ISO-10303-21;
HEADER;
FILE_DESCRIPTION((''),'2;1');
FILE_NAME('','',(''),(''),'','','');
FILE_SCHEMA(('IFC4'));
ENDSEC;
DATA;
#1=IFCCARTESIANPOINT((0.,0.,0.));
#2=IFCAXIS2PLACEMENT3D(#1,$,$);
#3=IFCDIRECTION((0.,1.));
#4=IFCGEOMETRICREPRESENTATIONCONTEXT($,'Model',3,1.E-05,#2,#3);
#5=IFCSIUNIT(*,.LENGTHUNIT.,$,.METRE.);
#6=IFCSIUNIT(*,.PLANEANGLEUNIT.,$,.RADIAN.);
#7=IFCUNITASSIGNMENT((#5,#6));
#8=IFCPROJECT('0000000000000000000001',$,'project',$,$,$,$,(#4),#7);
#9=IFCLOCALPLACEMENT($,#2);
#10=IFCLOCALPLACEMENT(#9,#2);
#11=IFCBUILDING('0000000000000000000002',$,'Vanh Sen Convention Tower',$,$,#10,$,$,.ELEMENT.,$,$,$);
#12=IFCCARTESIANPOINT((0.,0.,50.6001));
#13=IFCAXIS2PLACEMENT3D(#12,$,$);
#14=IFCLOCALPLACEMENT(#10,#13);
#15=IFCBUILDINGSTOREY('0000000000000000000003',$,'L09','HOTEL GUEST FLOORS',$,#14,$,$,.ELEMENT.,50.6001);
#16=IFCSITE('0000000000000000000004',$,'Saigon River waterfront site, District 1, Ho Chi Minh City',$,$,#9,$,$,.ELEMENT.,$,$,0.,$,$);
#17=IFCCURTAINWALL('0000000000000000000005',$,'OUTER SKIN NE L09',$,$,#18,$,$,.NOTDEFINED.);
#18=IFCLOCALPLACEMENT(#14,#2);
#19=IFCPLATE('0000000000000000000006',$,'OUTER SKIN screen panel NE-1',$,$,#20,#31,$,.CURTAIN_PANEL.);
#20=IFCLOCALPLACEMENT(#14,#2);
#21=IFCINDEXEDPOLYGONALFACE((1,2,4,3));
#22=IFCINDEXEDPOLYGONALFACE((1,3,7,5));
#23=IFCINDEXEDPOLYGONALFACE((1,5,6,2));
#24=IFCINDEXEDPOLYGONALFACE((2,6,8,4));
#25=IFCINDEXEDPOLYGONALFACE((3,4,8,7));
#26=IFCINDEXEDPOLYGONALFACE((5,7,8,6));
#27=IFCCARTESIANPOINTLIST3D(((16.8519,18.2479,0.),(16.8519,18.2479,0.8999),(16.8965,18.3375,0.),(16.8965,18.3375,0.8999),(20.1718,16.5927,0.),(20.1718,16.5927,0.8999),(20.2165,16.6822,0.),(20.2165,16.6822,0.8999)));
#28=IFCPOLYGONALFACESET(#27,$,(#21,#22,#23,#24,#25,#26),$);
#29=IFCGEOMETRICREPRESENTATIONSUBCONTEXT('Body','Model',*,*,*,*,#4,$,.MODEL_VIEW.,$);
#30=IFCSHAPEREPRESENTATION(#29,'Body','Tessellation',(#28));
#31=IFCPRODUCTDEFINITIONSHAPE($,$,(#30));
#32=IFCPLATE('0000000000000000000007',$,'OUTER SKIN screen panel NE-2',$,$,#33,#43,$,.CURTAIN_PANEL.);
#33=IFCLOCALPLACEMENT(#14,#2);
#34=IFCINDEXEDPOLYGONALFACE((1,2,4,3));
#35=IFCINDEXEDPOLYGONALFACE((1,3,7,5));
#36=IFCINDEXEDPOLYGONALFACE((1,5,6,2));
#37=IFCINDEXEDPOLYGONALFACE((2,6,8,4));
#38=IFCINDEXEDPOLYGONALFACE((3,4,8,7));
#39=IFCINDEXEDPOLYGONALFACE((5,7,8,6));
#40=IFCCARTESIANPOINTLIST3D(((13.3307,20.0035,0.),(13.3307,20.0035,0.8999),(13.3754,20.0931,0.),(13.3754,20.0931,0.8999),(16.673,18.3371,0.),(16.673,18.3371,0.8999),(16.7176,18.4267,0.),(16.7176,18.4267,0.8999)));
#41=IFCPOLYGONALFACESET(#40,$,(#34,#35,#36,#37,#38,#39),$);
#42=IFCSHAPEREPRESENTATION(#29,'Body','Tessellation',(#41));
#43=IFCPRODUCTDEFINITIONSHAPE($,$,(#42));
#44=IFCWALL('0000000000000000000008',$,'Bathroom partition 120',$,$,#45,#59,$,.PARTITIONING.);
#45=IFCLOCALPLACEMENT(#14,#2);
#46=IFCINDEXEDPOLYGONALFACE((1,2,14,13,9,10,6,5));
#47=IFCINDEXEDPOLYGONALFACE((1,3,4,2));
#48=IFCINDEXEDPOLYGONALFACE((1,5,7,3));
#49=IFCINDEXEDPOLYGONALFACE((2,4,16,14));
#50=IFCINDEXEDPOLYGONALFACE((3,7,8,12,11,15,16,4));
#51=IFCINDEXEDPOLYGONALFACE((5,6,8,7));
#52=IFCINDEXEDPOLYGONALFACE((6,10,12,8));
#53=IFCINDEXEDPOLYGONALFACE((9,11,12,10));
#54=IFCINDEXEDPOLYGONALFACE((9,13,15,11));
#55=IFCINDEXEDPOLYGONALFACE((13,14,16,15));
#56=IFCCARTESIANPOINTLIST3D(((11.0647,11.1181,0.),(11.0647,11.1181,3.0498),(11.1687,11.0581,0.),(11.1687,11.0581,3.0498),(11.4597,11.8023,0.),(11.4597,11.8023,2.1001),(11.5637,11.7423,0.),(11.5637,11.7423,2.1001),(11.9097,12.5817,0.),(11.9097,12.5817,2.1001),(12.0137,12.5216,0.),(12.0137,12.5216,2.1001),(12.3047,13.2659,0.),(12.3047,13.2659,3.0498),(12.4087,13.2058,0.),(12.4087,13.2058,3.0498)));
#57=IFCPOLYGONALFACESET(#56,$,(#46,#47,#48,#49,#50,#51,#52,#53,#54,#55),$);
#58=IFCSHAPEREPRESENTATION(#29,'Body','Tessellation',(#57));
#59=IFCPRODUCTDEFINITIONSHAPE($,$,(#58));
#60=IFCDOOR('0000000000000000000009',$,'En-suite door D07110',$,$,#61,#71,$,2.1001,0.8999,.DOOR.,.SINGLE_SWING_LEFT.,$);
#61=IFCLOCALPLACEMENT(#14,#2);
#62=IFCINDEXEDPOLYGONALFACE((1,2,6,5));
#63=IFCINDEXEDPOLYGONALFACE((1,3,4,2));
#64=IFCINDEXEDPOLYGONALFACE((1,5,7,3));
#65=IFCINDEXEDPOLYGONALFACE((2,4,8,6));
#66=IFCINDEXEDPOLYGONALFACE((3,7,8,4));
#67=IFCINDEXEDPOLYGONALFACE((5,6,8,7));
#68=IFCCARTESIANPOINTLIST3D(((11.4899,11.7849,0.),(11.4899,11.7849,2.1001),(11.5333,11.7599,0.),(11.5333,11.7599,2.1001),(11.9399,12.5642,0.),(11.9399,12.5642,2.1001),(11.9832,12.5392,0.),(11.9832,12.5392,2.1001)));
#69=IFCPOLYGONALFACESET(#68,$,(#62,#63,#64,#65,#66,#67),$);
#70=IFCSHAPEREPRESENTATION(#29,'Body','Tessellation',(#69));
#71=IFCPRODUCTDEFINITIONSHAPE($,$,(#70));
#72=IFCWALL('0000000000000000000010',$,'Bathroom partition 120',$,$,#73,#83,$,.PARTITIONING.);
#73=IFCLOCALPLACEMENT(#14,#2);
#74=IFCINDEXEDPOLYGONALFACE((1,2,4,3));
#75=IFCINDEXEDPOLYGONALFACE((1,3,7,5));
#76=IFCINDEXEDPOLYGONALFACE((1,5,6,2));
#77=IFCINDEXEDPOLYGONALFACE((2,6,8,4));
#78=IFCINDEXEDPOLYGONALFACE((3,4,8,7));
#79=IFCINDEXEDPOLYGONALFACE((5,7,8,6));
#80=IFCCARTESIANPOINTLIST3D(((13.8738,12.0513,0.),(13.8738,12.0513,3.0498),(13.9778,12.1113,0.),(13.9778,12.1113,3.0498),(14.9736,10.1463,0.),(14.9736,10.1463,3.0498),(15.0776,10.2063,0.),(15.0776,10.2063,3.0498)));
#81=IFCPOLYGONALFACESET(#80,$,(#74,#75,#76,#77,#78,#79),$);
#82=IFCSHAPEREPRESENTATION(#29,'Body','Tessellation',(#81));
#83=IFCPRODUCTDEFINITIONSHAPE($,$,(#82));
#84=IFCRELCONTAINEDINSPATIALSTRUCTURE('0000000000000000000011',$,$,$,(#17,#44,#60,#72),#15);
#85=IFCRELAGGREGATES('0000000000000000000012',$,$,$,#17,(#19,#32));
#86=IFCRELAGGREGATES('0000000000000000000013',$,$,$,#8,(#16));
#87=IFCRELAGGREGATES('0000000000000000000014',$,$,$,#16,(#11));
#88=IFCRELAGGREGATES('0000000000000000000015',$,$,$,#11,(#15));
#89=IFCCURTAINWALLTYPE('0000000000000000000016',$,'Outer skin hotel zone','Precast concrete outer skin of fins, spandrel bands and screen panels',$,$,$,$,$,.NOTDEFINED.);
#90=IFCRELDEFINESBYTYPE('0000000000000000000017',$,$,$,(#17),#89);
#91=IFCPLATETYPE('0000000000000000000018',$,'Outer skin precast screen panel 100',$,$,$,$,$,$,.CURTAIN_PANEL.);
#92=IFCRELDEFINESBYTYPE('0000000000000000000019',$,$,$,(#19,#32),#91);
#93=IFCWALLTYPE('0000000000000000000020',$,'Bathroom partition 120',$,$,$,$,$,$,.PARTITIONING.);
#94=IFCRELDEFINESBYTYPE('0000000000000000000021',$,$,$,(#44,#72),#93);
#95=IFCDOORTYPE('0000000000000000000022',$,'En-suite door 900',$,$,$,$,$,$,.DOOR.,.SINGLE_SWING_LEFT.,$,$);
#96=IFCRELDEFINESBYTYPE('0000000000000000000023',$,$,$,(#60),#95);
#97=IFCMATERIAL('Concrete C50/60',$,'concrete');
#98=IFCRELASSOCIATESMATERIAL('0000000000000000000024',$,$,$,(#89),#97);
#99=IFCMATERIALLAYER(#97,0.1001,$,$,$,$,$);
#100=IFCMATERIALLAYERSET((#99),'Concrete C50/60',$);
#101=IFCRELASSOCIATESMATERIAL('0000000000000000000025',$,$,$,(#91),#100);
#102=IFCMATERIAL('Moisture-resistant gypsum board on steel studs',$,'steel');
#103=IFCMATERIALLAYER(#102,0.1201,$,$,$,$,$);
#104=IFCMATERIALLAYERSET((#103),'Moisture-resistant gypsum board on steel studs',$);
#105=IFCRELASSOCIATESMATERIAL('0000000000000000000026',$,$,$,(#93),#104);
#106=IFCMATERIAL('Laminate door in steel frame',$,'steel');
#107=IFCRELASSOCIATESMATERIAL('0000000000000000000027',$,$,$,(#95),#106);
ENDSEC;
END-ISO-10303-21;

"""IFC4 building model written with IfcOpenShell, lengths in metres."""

from ifc_helpers import new_model, si_unit, direction, frame, frame_2d, origin, origin_2d, place, context, subcontext, project, spatial, rectangle, extrude, material, layer, layer_set, type_object, element, fill, aggregate, save


model = new_model("IFC4")

# Units and contexts
model_context = context("Model", 3, precision=1e-05, world=origin(), true_north=direction((0.0, 1.0)))
body_context = subcontext(model_context, "Body", "Model", "MODEL_VIEW")
ifc_project = project(units=[si_unit("LENGTHUNIT", "METRE"), si_unit("PLANEANGLEUNIT", "RADIAN")], contexts=[model_context])

# Site, building, storey
site_placement = place(None, origin())
site = spatial("IfcSite", under=ifc_project, at=site_placement, Name="Saigon River waterfront site, District 1, Ho Chi Minh City", CompositionType="ELEMENT", RefElevation=0.0)
building_placement = place(site_placement, origin())
building = spatial("IfcBuilding", under=site, at=building_placement, Name="Vanh Sen Convention Tower", CompositionType="ELEMENT")
storey_placement = place(building_placement, frame((0.0, 0.0, 50.6001)))
storey = spatial("IfcBuildingStorey", under=building, at=storey_placement, Name="L09", Description="HOTEL GUEST FLOORS", CompositionType="ELEMENT", Elevation=50.6001)

# Curtain wall
ifc_material_1 = material(Name="Concrete C50/60", Category="concrete")
curtain_wall_type = type_object("IfcCurtainWallType", Name="Outer skin hotel zone", Description="Precast concrete outer skin of fins, spandrel bands and screen panels", PredefinedType="NOTDEFINED", material=ifc_material_1)
curtain_wall_1_placement = place(storey_placement, origin())
curtain_wall_1 = element("IfcCurtainWall", 1, at=curtain_wall_1_placement, inside=storey, type_object=curtain_wall_type, Name="OUTER SKIN NE L09", PredefinedType="NOTDEFINED")

# Shared definitions
ifc_layer_1 = layer(ifc_material_1, 0.1001)
ifc_layer_set_1 = layer_set([ifc_layer_1], Name="Concrete C50/60")
plate_type = type_object("IfcPlateType", Name="Outer skin precast screen panel 100", PredefinedType="CURTAIN_PANEL", material=ifc_layer_set_1)

# Plates
plate_1_placement = place(storey_placement, frame((18.5342, 17.4651, 0.0), z_axis=(0.0, 0.0, 1.0), x_axis=(-0.894935, 0.446196, 0.0)))
plate_1 = element("IfcPlate", 2, at=plate_1_placement, type_object=plate_type, Name="OUTER SKIN screen panel NE-1", PredefinedType="CURTAIN_PANEL", context=body_context, shape_type="SweptSolid", body=[
    extrude(rectangle(XDim=3.7097, YDim=0.1001, at=origin_2d()), origin(), (0.0, 0.0, 1.0), 0.8999),
])
plate_2_placement = place(storey_placement, frame((15.0242, 19.2151, 0.0), z_axis=(0.0, 0.0, 1.0), x_axis=(-0.894935, 0.446196, 0.0)))
plate_2 = element("IfcPlate", 3, at=plate_2_placement, type_object=plate_type, Name="OUTER SKIN screen panel NE-2", PredefinedType="CURTAIN_PANEL", context=body_context, shape_type="SweptSolid", body=[
    extrude(rectangle(XDim=3.7346, YDim=0.1001, at=origin_2d()), origin(), (0.0, 0.0, 1.0), 0.8999),
])
aggregate(curtain_wall_1, [plate_1, plate_2])

# Wall, opening, door
ifc_material_2 = material(Name="Moisture-resistant gypsum board on steel studs", Category="steel")
ifc_layer_2 = layer(ifc_material_2, 0.1201)
ifc_layer_set_2 = layer_set([ifc_layer_2], Name="Moisture-resistant gypsum board on steel studs")
wall_type_1 = type_object("IfcWallType", Name="Bathroom partition 120", PredefinedType="PARTITIONING", material=ifc_layer_set_2)
wall_1_placement = place(storey_placement, frame((12.3567, 13.2358, 0.0), z_axis=(0.0, 0.0, 1.0), x_axis=(-0.500004, -0.866023, 0.0)))
wall_1 = element("IfcWall", 4, at=wall_1_placement, inside=storey, type_object=wall_type_1, Name="Bathroom partition 120", PredefinedType="PARTITIONING", context=body_context, shape_type="SweptSolid", body=[
    extrude(rectangle(XDim=2.48, YDim=0.1201, at=frame_2d((1.24, 0.0))), origin(), (0.0, 0.0, 1.0), 3.0498),
])
opening_1_placement = place(wall_1_placement, frame((0.79, 0.0, 0.0)))
opening_1 = element("IfcOpeningElement", 5, at=opening_1_placement, cuts=wall_1, PredefinedType="OPENING", context=body_context, shape_type="SweptSolid", body=[
    extrude(rectangle(XDim=0.8999, YDim=2.1001, at=frame_2d((0.45, 1.05))), frame((0.0, 0.0701, 0.0), z_axis=(0.0, -1.0, 0.0), x_axis=(1.0, 0.0, 0.0)), (0.0, 0.0, 1.0), 0.1401),
])
ifc_material_3 = material(Name="Laminate door in steel frame", Category="steel")
door_type = type_object("IfcDoorType", Name="En-suite door 900", OperationType="SINGLE_SWING_LEFT", PredefinedType="DOOR", material=ifc_material_3)
door_placement = place(opening_1_placement, origin())
door = element("IfcDoor", 6, at=door_placement, inside=storey, type_object=door_type, Name="En-suite door D07110", OperationType="SINGLE_SWING_LEFT", OverallHeight=2.1001, OverallWidth=0.8999, PredefinedType="DOOR", context=body_context, shape_type="SweptSolid", body=[
    extrude(rectangle(XDim=0.8999, YDim=2.1001, at=frame_2d((0.45, 1.05))), frame((0.0, 0.0249, 0.0), z_axis=(0.0, -1.0, 0.0), x_axis=(1.0, 0.0, 0.0)), (0.0, 0.0, 1.0), 0.05),
])
fill(opening_1, door)

# Wall
wall_2_placement = place(storey_placement, frame((13.9258, 12.0813, 0.0), z_axis=(0.0, 0.0, 1.0), x_axis=(0.499995, -0.866028, 0.0)))
element("IfcWall", 7, at=wall_2_placement, inside=storey, type_object=wall_type_1, Name="Bathroom partition 120", PredefinedType="PARTITIONING", context=body_context, shape_type="SweptSolid", body=[
    extrude(rectangle(XDim=2.1997, YDim=0.1201, at=frame_2d((1.0999, 0.0))), origin(), (0.0, 0.0, 1.0), 3.0498),
])

save(model, "model.ifc")
